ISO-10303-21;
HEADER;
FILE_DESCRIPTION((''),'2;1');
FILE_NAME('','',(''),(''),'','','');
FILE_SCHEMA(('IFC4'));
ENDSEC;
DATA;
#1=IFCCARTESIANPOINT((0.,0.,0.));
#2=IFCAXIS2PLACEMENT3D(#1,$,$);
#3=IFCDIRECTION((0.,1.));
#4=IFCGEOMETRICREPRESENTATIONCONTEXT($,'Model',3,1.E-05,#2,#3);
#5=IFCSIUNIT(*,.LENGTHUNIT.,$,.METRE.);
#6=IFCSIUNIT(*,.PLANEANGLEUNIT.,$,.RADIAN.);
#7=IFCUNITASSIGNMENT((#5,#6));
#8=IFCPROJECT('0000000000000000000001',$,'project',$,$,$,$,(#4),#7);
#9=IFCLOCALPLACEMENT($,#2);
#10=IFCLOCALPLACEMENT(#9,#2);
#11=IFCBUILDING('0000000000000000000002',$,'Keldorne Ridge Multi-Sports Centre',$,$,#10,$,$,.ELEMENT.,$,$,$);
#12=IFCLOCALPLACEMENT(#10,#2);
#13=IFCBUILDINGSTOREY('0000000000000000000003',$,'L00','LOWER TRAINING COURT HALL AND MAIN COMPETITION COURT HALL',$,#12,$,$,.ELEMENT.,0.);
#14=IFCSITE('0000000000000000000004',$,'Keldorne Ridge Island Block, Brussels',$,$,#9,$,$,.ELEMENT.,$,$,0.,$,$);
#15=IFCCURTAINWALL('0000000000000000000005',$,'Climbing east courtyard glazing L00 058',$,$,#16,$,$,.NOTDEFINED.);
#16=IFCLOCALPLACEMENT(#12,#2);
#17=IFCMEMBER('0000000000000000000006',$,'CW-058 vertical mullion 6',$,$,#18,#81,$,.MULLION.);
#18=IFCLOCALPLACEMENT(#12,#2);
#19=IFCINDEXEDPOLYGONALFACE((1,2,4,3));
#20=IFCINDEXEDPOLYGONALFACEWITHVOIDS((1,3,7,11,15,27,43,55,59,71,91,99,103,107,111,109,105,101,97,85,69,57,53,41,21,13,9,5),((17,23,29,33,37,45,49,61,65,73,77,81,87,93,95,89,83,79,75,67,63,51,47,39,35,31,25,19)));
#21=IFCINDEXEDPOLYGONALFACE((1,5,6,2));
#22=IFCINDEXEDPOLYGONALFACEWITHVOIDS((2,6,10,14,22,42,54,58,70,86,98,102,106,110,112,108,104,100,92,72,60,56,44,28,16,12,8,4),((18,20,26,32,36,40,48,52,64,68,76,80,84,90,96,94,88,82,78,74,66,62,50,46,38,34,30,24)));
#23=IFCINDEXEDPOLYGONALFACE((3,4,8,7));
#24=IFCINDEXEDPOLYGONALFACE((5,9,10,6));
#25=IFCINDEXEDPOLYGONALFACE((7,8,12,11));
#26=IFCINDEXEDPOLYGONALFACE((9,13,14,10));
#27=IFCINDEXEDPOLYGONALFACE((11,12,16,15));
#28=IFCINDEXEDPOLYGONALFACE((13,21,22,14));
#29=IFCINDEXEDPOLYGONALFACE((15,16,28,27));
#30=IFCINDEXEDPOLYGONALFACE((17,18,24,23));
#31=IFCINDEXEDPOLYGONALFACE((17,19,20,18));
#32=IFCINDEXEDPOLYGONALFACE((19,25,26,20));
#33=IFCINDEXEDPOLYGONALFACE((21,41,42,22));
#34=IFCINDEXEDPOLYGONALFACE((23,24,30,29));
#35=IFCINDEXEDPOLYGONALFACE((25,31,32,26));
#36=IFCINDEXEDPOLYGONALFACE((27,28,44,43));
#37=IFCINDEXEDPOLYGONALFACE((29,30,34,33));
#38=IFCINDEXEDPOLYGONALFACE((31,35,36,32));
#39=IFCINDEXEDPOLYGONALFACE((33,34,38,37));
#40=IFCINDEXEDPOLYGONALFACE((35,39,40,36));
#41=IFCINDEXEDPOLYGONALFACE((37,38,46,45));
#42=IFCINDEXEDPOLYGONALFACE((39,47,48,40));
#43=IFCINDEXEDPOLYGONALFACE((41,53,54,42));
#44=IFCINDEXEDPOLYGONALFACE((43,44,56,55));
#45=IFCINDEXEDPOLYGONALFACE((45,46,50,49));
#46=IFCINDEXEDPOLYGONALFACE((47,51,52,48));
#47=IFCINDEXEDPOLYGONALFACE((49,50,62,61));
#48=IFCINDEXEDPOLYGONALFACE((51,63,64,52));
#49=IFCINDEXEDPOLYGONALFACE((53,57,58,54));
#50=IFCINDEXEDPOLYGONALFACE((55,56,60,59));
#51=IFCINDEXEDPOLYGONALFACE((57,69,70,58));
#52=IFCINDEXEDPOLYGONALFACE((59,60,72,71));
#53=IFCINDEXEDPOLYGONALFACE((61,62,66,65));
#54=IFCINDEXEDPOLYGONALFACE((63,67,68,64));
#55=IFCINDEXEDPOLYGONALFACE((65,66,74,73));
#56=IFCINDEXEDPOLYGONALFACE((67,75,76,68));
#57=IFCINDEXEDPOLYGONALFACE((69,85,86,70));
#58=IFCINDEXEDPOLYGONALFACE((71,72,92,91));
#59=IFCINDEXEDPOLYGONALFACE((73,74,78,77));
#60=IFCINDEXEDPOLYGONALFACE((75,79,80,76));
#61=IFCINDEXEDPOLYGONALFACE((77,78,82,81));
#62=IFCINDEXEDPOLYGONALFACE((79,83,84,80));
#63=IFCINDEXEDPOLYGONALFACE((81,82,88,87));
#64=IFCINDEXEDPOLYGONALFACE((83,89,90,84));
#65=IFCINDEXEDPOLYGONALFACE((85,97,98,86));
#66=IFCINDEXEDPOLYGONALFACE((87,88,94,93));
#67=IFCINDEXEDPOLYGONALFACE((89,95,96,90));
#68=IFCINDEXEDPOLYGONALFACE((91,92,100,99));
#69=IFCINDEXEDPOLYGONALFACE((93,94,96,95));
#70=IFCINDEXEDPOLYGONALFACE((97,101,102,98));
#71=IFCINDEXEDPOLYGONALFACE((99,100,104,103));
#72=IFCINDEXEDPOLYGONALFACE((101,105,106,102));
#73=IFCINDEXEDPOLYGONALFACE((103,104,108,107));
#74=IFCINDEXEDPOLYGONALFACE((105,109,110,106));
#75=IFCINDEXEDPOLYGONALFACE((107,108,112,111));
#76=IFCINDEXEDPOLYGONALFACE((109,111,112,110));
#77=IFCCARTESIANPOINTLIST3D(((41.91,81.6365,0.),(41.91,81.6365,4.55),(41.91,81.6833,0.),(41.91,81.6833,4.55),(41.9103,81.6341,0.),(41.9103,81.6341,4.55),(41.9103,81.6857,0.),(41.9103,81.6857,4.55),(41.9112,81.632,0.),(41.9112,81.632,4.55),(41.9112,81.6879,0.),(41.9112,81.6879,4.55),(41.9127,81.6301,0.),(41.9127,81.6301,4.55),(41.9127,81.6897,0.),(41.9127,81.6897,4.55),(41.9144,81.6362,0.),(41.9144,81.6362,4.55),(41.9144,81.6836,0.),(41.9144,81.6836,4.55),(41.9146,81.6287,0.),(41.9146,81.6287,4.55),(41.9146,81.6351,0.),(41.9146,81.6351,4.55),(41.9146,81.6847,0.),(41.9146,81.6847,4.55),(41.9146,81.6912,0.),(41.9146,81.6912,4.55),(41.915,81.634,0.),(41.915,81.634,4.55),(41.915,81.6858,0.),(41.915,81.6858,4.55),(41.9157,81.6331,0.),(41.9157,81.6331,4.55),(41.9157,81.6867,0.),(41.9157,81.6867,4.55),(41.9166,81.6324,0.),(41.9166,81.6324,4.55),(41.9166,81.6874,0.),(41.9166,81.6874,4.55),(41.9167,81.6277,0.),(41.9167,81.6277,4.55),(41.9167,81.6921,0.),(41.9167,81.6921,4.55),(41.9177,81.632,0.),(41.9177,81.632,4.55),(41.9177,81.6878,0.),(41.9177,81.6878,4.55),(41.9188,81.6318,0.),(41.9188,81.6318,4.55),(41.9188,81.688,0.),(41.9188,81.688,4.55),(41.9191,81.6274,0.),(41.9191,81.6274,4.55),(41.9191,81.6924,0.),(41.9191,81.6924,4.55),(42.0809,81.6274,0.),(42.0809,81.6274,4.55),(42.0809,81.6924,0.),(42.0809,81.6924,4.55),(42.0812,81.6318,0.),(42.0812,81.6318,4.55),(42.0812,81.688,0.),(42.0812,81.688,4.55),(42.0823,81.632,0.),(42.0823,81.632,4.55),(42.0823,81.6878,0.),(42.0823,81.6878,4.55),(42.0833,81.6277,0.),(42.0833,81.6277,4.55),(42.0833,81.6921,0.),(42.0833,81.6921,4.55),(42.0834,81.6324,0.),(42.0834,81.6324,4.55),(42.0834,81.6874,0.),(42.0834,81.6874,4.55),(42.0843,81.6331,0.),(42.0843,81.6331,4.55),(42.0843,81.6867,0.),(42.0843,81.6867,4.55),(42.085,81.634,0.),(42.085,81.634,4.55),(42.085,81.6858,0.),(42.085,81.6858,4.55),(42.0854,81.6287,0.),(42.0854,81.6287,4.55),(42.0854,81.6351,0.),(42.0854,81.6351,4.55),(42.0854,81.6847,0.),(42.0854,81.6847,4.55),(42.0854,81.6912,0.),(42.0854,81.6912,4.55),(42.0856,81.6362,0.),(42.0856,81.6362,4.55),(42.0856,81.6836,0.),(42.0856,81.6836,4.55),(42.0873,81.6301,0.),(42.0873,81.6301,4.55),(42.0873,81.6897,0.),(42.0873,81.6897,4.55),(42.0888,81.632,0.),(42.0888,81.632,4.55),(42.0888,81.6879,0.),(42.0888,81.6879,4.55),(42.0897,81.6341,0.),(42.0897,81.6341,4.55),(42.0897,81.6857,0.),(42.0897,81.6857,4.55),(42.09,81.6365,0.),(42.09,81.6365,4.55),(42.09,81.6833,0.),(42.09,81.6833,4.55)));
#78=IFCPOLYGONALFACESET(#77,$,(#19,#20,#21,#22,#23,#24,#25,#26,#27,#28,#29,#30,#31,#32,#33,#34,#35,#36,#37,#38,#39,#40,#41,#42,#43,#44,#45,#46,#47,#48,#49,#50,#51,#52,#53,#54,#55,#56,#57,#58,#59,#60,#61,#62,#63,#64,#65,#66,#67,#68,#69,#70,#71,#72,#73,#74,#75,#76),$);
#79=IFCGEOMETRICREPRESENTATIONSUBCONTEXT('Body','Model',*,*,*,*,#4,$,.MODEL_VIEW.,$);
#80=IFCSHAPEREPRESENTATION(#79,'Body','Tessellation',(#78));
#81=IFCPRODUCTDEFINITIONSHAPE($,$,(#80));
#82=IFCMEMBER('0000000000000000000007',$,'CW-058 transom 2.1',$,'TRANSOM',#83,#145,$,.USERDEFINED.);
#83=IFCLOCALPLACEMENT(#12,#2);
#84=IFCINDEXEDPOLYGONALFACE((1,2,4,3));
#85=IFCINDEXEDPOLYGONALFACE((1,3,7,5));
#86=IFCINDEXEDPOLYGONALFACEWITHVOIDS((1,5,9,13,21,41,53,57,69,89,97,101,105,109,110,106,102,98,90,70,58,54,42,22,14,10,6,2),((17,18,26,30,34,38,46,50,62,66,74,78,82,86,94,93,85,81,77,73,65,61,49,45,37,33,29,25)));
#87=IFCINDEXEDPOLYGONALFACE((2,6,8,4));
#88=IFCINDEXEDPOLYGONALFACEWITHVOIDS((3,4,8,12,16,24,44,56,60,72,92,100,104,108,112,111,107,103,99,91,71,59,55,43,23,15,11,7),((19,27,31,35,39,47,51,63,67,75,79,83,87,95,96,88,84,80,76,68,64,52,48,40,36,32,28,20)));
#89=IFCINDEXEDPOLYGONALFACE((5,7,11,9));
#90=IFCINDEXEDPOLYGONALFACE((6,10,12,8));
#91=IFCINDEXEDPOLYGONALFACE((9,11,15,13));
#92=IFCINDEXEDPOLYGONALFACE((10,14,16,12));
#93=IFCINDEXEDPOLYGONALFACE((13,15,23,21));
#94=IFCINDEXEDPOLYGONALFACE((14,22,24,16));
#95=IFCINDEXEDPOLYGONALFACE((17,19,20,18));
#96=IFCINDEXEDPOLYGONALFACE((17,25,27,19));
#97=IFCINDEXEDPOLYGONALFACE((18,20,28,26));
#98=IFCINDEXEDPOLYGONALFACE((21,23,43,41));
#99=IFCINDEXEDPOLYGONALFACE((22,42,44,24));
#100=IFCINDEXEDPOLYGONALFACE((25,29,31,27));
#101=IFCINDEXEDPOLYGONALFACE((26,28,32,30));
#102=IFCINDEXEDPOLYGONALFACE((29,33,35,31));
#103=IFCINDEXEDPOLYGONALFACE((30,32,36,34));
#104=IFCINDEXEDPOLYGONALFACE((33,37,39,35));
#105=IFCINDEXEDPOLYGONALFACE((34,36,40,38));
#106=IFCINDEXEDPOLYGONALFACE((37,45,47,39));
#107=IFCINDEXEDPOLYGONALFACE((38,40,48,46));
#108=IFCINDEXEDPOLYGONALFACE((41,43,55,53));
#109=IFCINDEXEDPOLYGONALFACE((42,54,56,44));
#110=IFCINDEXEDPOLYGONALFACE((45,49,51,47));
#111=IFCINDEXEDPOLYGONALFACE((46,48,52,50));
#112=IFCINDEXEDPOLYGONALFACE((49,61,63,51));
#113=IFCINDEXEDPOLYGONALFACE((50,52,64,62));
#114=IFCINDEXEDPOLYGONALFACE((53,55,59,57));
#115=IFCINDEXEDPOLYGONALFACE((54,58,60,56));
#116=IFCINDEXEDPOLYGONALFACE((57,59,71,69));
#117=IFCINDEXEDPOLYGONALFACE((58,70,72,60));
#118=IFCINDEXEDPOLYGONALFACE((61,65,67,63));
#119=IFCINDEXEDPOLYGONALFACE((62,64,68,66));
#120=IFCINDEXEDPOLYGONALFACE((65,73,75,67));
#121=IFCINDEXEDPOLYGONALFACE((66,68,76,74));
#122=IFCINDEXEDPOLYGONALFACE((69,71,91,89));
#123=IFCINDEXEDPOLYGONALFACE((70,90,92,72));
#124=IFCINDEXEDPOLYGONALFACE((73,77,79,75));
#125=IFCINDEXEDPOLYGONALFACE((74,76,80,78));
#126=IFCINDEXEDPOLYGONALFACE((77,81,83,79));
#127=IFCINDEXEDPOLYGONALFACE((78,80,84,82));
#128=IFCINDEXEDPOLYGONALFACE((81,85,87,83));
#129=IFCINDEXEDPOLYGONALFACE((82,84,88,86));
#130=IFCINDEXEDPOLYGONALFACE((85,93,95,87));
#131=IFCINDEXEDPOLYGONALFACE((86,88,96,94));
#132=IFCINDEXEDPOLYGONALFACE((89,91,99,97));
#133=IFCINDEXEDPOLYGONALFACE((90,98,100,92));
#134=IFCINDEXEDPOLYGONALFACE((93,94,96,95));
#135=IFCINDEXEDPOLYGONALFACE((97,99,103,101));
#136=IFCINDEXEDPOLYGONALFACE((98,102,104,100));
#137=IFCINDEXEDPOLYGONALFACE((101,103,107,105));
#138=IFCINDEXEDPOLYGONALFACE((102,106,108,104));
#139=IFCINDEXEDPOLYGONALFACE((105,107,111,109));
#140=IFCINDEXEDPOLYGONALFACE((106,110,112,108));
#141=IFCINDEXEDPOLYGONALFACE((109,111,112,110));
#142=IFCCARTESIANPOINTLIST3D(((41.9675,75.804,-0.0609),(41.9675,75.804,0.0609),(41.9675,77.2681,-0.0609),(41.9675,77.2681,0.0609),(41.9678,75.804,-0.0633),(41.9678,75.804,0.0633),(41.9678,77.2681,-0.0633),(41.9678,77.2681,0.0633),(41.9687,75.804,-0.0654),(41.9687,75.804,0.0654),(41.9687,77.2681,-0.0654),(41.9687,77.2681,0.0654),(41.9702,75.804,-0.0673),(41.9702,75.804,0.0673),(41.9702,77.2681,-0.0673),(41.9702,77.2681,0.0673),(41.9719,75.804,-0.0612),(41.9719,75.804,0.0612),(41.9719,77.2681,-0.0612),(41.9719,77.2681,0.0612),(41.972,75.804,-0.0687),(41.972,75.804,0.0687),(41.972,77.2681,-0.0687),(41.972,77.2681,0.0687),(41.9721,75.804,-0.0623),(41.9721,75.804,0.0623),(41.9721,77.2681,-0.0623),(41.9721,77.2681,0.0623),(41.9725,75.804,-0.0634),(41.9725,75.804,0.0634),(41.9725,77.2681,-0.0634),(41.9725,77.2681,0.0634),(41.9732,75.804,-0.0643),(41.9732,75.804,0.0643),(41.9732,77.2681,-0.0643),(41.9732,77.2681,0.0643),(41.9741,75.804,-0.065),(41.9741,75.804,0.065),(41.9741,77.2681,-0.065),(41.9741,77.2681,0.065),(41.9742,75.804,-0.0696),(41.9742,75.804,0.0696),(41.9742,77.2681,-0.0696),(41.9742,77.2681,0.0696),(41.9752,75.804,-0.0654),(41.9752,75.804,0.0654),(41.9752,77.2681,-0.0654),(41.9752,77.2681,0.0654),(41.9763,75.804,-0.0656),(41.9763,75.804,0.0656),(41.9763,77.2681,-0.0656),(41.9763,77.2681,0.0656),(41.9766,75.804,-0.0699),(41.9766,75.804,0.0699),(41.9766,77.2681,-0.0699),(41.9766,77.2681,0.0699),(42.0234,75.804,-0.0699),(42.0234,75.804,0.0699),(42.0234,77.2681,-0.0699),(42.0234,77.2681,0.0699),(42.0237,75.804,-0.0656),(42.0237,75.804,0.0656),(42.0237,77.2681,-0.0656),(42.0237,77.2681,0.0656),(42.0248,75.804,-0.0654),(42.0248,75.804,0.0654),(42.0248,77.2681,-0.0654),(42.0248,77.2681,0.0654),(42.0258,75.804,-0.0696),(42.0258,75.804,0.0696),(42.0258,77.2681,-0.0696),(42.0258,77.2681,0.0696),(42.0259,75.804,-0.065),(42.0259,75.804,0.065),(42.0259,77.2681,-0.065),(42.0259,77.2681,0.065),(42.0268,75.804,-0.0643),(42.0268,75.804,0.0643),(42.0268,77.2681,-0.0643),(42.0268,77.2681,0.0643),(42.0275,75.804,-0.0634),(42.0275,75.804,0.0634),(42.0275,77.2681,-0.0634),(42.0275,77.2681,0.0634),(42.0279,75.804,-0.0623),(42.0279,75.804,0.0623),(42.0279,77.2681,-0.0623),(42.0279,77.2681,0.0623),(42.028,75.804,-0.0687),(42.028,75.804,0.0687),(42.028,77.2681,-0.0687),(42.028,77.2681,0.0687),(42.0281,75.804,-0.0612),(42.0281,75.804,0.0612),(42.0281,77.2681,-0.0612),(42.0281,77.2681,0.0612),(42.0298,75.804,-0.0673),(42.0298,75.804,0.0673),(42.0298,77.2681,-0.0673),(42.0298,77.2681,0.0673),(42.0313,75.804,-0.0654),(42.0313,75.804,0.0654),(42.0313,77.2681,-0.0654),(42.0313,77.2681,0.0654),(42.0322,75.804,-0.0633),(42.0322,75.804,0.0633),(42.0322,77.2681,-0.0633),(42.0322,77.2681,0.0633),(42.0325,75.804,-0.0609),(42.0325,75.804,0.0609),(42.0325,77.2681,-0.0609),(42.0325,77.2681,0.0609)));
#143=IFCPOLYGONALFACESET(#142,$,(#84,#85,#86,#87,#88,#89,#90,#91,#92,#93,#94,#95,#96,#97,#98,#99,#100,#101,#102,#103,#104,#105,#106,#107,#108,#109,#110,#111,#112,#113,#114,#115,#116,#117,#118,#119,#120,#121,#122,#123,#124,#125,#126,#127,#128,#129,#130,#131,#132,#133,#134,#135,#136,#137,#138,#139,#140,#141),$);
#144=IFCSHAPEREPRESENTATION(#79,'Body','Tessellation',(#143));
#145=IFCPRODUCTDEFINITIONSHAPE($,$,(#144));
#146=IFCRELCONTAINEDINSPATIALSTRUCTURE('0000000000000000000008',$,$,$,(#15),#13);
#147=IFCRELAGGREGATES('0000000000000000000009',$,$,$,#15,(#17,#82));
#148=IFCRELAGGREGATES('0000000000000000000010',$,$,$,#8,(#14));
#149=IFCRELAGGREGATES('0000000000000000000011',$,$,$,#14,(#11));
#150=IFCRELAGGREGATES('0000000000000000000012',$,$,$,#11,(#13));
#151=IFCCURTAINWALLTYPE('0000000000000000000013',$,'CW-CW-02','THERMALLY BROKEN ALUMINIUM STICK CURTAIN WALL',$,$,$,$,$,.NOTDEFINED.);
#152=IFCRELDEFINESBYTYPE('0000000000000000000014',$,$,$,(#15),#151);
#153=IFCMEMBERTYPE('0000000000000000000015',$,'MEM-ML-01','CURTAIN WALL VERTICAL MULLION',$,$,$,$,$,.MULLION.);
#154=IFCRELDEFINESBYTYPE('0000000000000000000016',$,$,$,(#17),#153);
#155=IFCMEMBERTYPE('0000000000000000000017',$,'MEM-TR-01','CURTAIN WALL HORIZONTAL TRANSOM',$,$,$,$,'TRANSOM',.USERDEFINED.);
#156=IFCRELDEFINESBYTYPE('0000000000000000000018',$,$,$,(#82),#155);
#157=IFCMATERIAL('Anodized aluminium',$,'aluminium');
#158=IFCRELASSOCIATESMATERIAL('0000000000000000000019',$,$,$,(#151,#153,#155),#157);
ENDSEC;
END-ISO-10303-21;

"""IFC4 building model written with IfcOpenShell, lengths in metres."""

from ifc_helpers import new_model, si_unit, direction, frame, origin, origin_2d, place, context, subcontext, project, spatial, hollow_rectangle, extrude, material, material_profile, profile_set, type_object, element, aggregate, save


model = new_model("IFC4")

# Units and contexts
model_context = context("Model", 3, precision=1e-05, world=origin(), true_north=direction((0.0, 1.0)))
body_context = subcontext(model_context, "Body", "Model", "MODEL_VIEW")
ifc_project = project(units=[si_unit("LENGTHUNIT", "METRE"), si_unit("PLANEANGLEUNIT", "RADIAN")], contexts=[model_context])

# Site, building, storey
site_placement = place(None, origin())
site = spatial("IfcSite", under=ifc_project, at=site_placement, Name="Keldorne Ridge Island Block, Brussels", CompositionType="ELEMENT", RefElevation=0.0)
building_placement = place(site_placement, origin())
building = spatial("IfcBuilding", under=site, at=building_placement, Name="Keldorne Ridge Multi-Sports Centre", CompositionType="ELEMENT")
storey_placement = place(building_placement, origin())
storey = spatial("IfcBuildingStorey", under=building, at=storey_placement, Name="L00", Description="LOWER TRAINING COURT HALL AND MAIN COMPETITION COURT HALL", CompositionType="ELEMENT", Elevation=0.0)

# Curtain wall, members
ifc_material_1 = material(Name="Anodized aluminium", Category="aluminium")
curtain_wall_type = type_object("IfcCurtainWallType", Name="CW-CW-02", Description="THERMALLY BROKEN ALUMINIUM STICK CURTAIN WALL", PredefinedType="NOTDEFINED", material=ifc_material_1)
curtain_wall_placement = place(storey_placement, origin())
curtain_wall = element("IfcCurtainWall", 1, at=curtain_wall_placement, inside=storey, type_object=curtain_wall_type, Name="Climbing east courtyard glazing L00 058", PredefinedType="NOTDEFINED")
ifc_material_profile_1 = material_profile(ifc_material_1, hollow_rectangle(XDim=0.0649, YDim=0.1799, WallThickness=0.0044, InnerFilletRadius=0.0044, OuterFilletRadius=0.009, at=origin_2d()), Name="ALU MULLION 180x65x4.5")
ifc_profile_set_1 = profile_set([ifc_material_profile_1], Name="Anodized aluminium")
member_type_1 = type_object("IfcMemberType", Name="MEM-ML-01", Description="CURTAIN WALL VERTICAL MULLION", PredefinedType="MULLION", material=ifc_profile_set_1)
member_1_placement = place(storey_placement, frame((42.0, 81.6599, 0.0), z_axis=(0.0, 0.0, 1.0), x_axis=(0.0, 1.0, 0.0)))
member_1 = element("IfcMember", 2, at=member_1_placement, type_object=member_type_1, Name="CW-058 vertical mullion 6", PredefinedType="MULLION", context=body_context, shape_type="SweptSolid", body=[
    extrude(hollow_rectangle(XDim=0.0649, YDim=0.1799, WallThickness=0.0044, InnerFilletRadius=0.0044, OuterFilletRadius=0.009, at=origin_2d()), origin(), (0.0, 0.0, 1.0), 4.55),
])
ifc_material_profile_2 = material_profile(ifc_material_1, hollow_rectangle(XDim=0.0649, YDim=0.1399, WallThickness=0.0044, InnerFilletRadius=0.0044, OuterFilletRadius=0.009, at=origin_2d()), Name="ALU TRANSOM 140x65x4.5")
ifc_profile_set_2 = profile_set([ifc_material_profile_2], Name="Anodized aluminium")
member_type_2 = type_object("IfcMemberType", Name="MEM-TR-01", Description="CURTAIN WALL HORIZONTAL TRANSOM", ElementType="TRANSOM", PredefinedType="USERDEFINED", material=ifc_profile_set_2)
member_2_placement = place(storey_placement, frame((42.0, 75.804, 0.0), z_axis=(0.0, 1.0, 0.0), x_axis=(-1.0, 0.0, 0.0)))
member_2 = element("IfcMember", 3, at=member_2_placement, type_object=member_type_2, Name="CW-058 transom 2.1", ObjectType="TRANSOM", PredefinedType="USERDEFINED", context=body_context, shape_type="SweptSolid", body=[
    extrude(hollow_rectangle(XDim=0.0649, YDim=0.1399, WallThickness=0.0044, InnerFilletRadius=0.0044, OuterFilletRadius=0.009, at=origin_2d()), origin(), (0.0, 0.0, 1.0), 1.4641),
])
aggregate(curtain_wall, [member_1, member_2])

save(model, "model.ifc")
